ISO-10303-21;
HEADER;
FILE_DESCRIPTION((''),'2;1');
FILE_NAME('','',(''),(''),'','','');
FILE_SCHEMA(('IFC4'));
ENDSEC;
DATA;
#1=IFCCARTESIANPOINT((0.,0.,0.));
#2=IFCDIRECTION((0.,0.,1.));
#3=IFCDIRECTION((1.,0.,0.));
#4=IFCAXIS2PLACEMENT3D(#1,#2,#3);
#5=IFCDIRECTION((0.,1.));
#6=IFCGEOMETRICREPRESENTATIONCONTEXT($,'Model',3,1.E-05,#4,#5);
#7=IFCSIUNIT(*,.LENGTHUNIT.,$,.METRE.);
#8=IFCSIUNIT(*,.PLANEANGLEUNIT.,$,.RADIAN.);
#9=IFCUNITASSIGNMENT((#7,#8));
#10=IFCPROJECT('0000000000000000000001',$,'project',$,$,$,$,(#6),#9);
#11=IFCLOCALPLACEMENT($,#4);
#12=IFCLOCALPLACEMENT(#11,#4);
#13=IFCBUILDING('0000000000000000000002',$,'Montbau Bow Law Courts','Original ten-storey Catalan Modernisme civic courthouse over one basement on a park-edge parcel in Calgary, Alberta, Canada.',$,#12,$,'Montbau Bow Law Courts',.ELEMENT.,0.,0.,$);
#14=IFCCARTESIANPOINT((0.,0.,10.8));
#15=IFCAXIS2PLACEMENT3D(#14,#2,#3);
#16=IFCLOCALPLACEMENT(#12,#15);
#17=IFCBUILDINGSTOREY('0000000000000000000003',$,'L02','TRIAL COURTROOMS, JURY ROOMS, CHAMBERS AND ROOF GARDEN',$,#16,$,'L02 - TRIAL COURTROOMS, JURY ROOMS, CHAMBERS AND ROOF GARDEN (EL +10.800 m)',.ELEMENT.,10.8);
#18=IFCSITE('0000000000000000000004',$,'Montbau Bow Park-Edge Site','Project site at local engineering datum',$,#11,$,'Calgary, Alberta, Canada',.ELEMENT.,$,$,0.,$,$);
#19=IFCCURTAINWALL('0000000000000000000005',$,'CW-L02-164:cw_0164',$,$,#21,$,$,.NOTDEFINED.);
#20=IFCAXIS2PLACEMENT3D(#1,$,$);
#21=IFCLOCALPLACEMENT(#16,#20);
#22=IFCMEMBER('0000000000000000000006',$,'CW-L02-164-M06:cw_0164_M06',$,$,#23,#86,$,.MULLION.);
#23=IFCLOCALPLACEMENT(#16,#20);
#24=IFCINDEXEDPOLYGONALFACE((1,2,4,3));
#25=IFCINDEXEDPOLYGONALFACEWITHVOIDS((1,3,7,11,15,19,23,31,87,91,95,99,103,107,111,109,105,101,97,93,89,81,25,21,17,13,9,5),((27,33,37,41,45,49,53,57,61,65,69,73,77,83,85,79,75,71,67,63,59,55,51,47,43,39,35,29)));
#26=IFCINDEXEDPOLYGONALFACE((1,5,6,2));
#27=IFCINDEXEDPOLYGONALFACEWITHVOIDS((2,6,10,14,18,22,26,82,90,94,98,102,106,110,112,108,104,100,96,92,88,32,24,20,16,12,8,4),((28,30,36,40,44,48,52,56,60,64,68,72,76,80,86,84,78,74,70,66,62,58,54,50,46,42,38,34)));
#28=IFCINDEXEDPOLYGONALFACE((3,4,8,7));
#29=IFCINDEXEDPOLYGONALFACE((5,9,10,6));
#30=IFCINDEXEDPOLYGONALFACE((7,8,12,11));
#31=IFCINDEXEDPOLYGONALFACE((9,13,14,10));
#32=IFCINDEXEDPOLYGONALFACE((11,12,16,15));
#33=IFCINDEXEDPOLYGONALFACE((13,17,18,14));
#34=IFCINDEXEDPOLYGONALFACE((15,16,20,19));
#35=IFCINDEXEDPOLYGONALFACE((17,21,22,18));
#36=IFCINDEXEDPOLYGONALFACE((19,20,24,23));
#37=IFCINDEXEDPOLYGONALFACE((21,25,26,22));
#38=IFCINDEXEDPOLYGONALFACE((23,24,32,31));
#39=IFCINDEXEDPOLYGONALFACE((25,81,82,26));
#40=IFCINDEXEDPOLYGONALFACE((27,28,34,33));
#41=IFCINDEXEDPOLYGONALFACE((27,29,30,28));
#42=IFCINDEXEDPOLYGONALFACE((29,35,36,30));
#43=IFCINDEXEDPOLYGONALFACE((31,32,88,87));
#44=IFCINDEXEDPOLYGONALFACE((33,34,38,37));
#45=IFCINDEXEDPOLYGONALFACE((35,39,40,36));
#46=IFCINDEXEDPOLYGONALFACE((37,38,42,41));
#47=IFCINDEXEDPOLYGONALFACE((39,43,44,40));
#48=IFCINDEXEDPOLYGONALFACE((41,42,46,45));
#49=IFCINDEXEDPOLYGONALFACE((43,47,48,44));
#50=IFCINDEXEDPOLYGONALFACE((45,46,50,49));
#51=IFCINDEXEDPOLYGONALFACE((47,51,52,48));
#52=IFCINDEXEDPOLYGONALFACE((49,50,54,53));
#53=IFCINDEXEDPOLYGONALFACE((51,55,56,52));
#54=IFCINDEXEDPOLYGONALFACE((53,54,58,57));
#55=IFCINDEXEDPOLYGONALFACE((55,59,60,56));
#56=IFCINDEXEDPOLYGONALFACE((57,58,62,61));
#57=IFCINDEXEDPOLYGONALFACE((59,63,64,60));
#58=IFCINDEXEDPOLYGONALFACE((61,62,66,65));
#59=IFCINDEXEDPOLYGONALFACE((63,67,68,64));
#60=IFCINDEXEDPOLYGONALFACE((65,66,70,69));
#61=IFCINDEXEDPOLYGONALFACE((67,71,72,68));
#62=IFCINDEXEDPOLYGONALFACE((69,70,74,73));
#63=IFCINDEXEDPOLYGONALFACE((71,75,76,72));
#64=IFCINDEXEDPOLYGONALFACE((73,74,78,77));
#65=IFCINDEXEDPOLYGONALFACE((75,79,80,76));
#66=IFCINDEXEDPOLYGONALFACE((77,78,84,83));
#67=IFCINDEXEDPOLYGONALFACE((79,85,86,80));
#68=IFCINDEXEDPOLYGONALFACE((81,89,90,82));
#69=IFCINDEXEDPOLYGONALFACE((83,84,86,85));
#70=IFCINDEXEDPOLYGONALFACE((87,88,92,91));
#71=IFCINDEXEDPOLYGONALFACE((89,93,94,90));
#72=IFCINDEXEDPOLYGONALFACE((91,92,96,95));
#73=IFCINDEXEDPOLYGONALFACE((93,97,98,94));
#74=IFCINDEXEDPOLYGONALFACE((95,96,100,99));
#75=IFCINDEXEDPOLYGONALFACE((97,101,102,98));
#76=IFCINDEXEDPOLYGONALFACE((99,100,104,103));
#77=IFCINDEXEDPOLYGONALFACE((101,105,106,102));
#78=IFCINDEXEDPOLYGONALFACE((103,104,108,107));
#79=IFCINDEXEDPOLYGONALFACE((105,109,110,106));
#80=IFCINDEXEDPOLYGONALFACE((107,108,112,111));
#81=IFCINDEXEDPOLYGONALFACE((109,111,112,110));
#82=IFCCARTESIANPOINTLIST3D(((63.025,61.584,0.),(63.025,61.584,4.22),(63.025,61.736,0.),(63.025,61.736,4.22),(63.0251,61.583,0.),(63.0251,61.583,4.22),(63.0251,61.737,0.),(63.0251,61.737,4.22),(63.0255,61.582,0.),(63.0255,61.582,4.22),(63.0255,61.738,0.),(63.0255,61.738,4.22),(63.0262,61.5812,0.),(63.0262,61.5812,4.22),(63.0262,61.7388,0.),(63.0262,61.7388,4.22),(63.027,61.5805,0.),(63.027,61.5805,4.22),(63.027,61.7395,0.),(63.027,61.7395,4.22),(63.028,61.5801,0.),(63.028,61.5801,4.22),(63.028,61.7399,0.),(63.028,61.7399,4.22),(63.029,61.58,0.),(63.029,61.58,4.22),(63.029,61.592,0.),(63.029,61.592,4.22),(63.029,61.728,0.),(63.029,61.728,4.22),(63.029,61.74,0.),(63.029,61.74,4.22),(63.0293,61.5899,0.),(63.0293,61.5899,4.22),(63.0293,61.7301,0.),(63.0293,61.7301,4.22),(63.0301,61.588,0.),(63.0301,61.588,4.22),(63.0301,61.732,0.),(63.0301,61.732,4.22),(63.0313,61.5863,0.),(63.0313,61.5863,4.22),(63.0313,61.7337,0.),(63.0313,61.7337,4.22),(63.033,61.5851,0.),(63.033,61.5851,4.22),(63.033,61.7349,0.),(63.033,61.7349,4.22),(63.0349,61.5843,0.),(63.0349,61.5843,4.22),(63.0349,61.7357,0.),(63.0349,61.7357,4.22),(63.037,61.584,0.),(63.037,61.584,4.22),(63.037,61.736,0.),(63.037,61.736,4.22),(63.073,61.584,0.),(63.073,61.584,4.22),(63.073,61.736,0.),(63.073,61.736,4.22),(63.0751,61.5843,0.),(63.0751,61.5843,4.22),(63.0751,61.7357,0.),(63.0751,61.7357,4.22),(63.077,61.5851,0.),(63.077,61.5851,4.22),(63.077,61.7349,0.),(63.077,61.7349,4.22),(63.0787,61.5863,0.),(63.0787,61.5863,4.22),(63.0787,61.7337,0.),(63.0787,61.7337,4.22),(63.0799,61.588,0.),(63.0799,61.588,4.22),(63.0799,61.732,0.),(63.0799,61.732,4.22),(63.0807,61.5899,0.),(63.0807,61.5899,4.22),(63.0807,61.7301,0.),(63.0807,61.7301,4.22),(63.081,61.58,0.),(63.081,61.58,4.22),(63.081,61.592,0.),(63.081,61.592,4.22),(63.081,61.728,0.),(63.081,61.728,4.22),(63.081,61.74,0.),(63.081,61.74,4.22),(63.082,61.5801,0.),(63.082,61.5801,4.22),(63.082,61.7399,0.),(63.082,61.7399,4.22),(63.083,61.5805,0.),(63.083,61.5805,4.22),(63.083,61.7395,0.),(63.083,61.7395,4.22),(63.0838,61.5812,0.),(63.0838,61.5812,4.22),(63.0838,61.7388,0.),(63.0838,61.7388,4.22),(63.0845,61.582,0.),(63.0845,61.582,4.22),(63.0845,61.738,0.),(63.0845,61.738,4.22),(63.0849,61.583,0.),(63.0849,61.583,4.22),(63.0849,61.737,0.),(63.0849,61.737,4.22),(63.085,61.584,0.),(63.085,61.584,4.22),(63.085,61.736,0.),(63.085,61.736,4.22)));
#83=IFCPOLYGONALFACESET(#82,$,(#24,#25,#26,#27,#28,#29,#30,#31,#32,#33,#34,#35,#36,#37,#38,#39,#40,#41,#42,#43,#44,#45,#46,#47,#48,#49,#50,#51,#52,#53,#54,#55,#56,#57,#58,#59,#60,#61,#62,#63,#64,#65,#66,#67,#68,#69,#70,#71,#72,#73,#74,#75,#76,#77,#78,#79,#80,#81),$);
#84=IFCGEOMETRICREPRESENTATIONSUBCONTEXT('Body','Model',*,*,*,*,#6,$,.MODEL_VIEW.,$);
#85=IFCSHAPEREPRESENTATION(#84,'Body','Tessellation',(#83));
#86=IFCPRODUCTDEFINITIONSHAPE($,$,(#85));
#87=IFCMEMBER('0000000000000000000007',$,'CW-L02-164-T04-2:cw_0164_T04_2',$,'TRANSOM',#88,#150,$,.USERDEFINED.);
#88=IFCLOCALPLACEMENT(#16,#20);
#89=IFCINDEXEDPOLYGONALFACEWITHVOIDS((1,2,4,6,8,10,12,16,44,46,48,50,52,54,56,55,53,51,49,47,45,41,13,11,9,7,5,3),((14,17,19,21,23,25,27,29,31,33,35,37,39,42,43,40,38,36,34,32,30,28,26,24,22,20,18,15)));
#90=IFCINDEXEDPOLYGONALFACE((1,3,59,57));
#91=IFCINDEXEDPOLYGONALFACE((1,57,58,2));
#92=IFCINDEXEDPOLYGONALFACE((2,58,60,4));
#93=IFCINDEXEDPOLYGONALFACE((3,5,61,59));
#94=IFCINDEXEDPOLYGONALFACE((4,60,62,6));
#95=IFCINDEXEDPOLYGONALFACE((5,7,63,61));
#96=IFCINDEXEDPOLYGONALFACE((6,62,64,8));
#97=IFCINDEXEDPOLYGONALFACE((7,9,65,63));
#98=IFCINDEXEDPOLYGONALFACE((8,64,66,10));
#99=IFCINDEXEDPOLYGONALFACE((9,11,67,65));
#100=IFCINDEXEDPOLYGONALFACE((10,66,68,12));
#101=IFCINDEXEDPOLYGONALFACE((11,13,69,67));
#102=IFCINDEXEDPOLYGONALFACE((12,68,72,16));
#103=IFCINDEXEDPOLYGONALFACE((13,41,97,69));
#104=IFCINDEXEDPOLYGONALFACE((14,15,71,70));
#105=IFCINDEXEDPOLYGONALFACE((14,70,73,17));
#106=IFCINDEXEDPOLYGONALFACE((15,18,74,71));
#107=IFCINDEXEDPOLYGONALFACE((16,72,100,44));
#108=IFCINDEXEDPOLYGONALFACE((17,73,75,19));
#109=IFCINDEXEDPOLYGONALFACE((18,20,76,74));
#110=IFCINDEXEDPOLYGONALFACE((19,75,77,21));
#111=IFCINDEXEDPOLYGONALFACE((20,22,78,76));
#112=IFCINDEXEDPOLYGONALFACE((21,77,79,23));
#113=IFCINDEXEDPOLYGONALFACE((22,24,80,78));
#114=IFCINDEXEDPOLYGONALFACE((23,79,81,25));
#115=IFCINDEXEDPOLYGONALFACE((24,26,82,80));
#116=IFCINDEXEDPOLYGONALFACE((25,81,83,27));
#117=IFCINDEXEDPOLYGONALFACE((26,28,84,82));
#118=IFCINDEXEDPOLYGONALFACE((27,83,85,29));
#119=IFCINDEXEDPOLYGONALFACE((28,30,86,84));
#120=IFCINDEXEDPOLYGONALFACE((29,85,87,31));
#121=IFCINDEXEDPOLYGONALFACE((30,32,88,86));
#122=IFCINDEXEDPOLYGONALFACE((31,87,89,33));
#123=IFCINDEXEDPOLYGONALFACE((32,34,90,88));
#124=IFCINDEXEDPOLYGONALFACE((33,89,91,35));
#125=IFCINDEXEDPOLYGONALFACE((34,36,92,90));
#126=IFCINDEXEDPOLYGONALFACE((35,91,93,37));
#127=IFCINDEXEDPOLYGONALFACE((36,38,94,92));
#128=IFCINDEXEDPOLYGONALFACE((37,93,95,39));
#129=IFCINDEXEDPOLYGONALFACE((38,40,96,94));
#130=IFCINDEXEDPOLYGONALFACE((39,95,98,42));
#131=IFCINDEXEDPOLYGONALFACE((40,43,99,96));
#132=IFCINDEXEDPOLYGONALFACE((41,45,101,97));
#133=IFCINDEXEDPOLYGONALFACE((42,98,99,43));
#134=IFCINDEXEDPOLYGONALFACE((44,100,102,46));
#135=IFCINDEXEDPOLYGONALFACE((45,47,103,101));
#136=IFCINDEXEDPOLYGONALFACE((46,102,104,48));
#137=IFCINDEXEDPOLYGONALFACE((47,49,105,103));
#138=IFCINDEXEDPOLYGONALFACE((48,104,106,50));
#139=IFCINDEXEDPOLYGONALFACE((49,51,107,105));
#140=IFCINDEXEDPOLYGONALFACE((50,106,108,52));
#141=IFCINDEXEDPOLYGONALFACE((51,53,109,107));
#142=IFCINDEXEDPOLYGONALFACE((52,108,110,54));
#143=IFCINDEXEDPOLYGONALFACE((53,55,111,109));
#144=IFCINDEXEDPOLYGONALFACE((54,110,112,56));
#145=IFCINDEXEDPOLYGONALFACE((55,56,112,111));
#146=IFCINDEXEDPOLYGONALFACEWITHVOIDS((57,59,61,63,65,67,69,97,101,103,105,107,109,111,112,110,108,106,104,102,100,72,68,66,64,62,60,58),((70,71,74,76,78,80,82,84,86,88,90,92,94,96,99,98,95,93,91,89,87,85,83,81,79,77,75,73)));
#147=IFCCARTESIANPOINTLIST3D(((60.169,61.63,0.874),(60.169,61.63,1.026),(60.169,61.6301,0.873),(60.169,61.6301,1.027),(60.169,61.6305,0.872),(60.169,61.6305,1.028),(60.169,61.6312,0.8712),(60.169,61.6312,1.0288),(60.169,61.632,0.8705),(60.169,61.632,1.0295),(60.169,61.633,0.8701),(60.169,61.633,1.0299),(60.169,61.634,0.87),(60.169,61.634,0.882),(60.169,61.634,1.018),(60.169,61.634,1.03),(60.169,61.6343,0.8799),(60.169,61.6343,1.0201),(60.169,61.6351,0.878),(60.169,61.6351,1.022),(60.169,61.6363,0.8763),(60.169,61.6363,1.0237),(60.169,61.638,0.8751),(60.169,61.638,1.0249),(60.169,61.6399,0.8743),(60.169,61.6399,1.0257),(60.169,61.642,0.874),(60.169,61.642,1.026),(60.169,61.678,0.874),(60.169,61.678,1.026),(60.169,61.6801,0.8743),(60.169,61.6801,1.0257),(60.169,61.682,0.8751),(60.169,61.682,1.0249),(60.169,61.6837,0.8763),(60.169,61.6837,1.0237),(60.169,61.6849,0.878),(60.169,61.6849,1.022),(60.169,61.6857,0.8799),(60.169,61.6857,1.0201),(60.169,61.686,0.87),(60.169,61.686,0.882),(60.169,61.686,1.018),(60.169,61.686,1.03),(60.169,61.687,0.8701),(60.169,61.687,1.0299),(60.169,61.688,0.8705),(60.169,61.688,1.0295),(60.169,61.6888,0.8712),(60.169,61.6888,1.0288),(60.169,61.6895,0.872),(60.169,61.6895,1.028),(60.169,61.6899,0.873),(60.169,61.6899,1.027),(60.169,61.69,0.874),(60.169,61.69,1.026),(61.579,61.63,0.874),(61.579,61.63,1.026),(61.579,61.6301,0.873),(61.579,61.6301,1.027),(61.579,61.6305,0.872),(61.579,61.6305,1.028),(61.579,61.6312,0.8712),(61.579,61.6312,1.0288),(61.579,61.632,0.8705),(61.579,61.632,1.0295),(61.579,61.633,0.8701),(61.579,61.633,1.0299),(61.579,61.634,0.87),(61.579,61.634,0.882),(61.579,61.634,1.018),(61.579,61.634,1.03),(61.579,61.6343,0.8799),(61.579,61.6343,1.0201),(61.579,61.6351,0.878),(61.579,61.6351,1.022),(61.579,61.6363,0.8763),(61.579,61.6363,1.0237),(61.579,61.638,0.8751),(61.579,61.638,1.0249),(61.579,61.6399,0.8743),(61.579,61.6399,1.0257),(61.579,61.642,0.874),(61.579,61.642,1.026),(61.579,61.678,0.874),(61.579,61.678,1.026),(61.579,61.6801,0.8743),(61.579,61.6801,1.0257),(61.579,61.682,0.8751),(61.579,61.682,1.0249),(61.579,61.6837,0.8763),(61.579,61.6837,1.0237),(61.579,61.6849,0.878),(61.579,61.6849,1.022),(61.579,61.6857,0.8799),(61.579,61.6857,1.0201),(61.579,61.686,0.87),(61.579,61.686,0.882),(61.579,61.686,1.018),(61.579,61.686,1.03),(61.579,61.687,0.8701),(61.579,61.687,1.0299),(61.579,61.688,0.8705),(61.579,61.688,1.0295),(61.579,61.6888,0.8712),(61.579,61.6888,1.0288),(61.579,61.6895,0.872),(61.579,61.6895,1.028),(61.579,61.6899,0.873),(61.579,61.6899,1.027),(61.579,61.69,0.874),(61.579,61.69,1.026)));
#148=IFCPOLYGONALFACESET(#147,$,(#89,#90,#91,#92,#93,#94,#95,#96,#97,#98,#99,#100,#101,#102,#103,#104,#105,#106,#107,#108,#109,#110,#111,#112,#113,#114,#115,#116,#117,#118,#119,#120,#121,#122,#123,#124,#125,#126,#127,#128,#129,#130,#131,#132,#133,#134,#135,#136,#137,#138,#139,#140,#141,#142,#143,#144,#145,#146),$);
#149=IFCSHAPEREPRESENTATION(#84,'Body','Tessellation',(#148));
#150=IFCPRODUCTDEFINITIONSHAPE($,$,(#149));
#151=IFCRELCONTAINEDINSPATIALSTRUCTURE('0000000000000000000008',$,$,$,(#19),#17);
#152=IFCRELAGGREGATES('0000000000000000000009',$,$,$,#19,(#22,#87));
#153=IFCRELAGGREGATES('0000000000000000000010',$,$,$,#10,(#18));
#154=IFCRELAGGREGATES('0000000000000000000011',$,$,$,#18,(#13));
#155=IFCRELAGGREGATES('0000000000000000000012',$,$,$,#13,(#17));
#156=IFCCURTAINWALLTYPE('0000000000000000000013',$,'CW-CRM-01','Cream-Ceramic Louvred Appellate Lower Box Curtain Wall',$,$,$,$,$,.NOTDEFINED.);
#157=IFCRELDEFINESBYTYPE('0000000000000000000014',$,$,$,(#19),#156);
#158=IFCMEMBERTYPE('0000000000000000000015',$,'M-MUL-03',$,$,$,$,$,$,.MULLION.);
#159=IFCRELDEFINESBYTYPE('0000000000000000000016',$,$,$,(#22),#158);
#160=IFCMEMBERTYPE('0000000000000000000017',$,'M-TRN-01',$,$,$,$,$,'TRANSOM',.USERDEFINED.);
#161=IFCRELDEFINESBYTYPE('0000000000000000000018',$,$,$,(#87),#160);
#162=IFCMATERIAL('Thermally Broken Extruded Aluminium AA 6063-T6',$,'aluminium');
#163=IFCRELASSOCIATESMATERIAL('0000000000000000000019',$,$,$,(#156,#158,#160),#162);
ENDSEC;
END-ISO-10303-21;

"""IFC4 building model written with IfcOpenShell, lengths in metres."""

from ifc_helpers import new_model, si_unit, direction, frame, origin_with_axes, origin_2d_with_axis, place, context, subcontext, project, spatial, hollow_rectangle, extrude, material, material_profile, profile_set, type_object, element, aggregate, save


model = new_model("IFC4")

# Units and contexts
model_context = context("Model", 3, precision=1e-05, world=origin_with_axes(), true_north=direction((0.0, 1.0)))
body_context = subcontext(model_context, "Body", "Model", "MODEL_VIEW")
ifc_project = project(units=[si_unit("LENGTHUNIT", "METRE"), si_unit("PLANEANGLEUNIT", "RADIAN")], contexts=[model_context])

# Site, building, storey
site_placement = place(None, origin_with_axes())
site = spatial("IfcSite", under=ifc_project, at=site_placement, Name="Montbau Bow Park-Edge Site", Description="Project site at local engineering datum", LongName="Calgary, Alberta, Canada", CompositionType="ELEMENT", RefElevation=0.0)
building_placement = place(site_placement, origin_with_axes())
building = spatial("IfcBuilding", under=site, at=building_placement, Name="Montbau Bow Law Courts", Description="Original ten-storey Catalan Modernisme civic courthouse over one basement on a park-edge parcel in Calgary, Alberta, Canada.", LongName="Montbau Bow Law Courts", CompositionType="ELEMENT", ElevationOfRefHeight=0.0, ElevationOfTerrain=0.0)
storey_placement = place(building_placement, frame((0.0, 0.0, 10.8), z_axis=(0.0, 0.0, 1.0), x_axis=(1.0, 0.0, 0.0)))
storey = spatial("IfcBuildingStorey", under=building, at=storey_placement, Name="L02", Description="TRIAL COURTROOMS, JURY ROOMS, CHAMBERS AND ROOF GARDEN", LongName="L02 - TRIAL COURTROOMS, JURY ROOMS, CHAMBERS AND ROOF GARDEN (EL +10.800 m)", CompositionType="ELEMENT", Elevation=10.8)

# Shared definitions
ifc_material_1 = material(Name="Thermally Broken Extruded Aluminium AA 6063-T6", Category="aluminium")
curtain_wall_type = type_object("IfcCurtainWallType", Name="CW-CRM-01", Description="Cream-Ceramic Louvred Appellate Lower Box Curtain Wall", PredefinedType="NOTDEFINED", material=ifc_material_1)

# Curtain wall, members
curtain_wall_1_placement = place(None, frame((55.715, 61.66, 10.8), z_axis=(0.0, 0.0, 1.0), x_axis=(1.0, 0.0, 0.0)))
curtain_wall_1 = element("IfcCurtainWall", 1, at=curtain_wall_1_placement, inside=storey, type_object=curtain_wall_type, Name="CW-L02-164:cw_0164", PredefinedType="NOTDEFINED")
ifc_material_profile_1 = material_profile(ifc_material_1, hollow_rectangle(XDim=0.06, YDim=0.16, WallThickness=0.004, InnerFilletRadius=0.008, OuterFilletRadius=0.004, at=origin_2d_with_axis()), Name="CWM-160X60", Category="Main", Priority=0)
ifc_profile_set_1 = profile_set([ifc_material_profile_1], Name="Thermally Broken Extruded Aluminium AA 6063-T6")
member_type_1 = type_object("IfcMemberType", Name="M-MUL-03", PredefinedType="MULLION", material=ifc_profile_set_1)
member_1_placement = place(None, frame((63.055, 61.66, 10.8), z_axis=(0.0, 0.0, 1.0), x_axis=(1.0, 0.0, 0.0)))
member_1 = element("IfcMember", 2, at=member_1_placement, type_object=member_type_1, Name="CW-L02-164-M06:cw_0164_M06", PredefinedType="MULLION", context=body_context, shape_type="SweptSolid", body=[
    extrude(hollow_rectangle(XDim=0.06, YDim=0.16, WallThickness=0.004, InnerFilletRadius=0.008, OuterFilletRadius=0.004, at=origin_2d_with_axis()), origin_with_axes(), (0.0, 0.0, 1.0), 4.22),
])
ifc_material_profile_2 = material_profile(ifc_material_1, hollow_rectangle(XDim=0.06, YDim=0.16, WallThickness=0.004, InnerFilletRadius=0.008, OuterFilletRadius=0.004, at=origin_2d_with_axis()), Name="CWT-160X60", Category="Main", Priority=0)
ifc_profile_set_2 = profile_set([ifc_material_profile_2], Name="Thermally Broken Extruded Aluminium AA 6063-T6")
member_type_2 = type_object("IfcMemberType", Name="M-TRN-01", ElementType="TRANSOM", PredefinedType="USERDEFINED", material=ifc_profile_set_2)
member_2_placement = place(None, frame((60.169, 61.66, 11.75), z_axis=(1.0, 0.0, 0.0), x_axis=(0.0, 1.0, 0.0)))
member_2 = element("IfcMember", 3, at=member_2_placement, type_object=member_type_2, Name="CW-L02-164-T04-2:cw_0164_T04_2", ObjectType="TRANSOM", PredefinedType="USERDEFINED", context=body_context, shape_type="SweptSolid", body=[
    extrude(hollow_rectangle(XDim=0.06, YDim=0.16, WallThickness=0.004, InnerFilletRadius=0.008, OuterFilletRadius=0.004, at=origin_2d_with_axis()), origin_with_axes(), (0.0, 0.0, 1.0), 1.41),
])
aggregate(curtain_wall_1, [member_1, member_2])

save(model, "model.ifc")
